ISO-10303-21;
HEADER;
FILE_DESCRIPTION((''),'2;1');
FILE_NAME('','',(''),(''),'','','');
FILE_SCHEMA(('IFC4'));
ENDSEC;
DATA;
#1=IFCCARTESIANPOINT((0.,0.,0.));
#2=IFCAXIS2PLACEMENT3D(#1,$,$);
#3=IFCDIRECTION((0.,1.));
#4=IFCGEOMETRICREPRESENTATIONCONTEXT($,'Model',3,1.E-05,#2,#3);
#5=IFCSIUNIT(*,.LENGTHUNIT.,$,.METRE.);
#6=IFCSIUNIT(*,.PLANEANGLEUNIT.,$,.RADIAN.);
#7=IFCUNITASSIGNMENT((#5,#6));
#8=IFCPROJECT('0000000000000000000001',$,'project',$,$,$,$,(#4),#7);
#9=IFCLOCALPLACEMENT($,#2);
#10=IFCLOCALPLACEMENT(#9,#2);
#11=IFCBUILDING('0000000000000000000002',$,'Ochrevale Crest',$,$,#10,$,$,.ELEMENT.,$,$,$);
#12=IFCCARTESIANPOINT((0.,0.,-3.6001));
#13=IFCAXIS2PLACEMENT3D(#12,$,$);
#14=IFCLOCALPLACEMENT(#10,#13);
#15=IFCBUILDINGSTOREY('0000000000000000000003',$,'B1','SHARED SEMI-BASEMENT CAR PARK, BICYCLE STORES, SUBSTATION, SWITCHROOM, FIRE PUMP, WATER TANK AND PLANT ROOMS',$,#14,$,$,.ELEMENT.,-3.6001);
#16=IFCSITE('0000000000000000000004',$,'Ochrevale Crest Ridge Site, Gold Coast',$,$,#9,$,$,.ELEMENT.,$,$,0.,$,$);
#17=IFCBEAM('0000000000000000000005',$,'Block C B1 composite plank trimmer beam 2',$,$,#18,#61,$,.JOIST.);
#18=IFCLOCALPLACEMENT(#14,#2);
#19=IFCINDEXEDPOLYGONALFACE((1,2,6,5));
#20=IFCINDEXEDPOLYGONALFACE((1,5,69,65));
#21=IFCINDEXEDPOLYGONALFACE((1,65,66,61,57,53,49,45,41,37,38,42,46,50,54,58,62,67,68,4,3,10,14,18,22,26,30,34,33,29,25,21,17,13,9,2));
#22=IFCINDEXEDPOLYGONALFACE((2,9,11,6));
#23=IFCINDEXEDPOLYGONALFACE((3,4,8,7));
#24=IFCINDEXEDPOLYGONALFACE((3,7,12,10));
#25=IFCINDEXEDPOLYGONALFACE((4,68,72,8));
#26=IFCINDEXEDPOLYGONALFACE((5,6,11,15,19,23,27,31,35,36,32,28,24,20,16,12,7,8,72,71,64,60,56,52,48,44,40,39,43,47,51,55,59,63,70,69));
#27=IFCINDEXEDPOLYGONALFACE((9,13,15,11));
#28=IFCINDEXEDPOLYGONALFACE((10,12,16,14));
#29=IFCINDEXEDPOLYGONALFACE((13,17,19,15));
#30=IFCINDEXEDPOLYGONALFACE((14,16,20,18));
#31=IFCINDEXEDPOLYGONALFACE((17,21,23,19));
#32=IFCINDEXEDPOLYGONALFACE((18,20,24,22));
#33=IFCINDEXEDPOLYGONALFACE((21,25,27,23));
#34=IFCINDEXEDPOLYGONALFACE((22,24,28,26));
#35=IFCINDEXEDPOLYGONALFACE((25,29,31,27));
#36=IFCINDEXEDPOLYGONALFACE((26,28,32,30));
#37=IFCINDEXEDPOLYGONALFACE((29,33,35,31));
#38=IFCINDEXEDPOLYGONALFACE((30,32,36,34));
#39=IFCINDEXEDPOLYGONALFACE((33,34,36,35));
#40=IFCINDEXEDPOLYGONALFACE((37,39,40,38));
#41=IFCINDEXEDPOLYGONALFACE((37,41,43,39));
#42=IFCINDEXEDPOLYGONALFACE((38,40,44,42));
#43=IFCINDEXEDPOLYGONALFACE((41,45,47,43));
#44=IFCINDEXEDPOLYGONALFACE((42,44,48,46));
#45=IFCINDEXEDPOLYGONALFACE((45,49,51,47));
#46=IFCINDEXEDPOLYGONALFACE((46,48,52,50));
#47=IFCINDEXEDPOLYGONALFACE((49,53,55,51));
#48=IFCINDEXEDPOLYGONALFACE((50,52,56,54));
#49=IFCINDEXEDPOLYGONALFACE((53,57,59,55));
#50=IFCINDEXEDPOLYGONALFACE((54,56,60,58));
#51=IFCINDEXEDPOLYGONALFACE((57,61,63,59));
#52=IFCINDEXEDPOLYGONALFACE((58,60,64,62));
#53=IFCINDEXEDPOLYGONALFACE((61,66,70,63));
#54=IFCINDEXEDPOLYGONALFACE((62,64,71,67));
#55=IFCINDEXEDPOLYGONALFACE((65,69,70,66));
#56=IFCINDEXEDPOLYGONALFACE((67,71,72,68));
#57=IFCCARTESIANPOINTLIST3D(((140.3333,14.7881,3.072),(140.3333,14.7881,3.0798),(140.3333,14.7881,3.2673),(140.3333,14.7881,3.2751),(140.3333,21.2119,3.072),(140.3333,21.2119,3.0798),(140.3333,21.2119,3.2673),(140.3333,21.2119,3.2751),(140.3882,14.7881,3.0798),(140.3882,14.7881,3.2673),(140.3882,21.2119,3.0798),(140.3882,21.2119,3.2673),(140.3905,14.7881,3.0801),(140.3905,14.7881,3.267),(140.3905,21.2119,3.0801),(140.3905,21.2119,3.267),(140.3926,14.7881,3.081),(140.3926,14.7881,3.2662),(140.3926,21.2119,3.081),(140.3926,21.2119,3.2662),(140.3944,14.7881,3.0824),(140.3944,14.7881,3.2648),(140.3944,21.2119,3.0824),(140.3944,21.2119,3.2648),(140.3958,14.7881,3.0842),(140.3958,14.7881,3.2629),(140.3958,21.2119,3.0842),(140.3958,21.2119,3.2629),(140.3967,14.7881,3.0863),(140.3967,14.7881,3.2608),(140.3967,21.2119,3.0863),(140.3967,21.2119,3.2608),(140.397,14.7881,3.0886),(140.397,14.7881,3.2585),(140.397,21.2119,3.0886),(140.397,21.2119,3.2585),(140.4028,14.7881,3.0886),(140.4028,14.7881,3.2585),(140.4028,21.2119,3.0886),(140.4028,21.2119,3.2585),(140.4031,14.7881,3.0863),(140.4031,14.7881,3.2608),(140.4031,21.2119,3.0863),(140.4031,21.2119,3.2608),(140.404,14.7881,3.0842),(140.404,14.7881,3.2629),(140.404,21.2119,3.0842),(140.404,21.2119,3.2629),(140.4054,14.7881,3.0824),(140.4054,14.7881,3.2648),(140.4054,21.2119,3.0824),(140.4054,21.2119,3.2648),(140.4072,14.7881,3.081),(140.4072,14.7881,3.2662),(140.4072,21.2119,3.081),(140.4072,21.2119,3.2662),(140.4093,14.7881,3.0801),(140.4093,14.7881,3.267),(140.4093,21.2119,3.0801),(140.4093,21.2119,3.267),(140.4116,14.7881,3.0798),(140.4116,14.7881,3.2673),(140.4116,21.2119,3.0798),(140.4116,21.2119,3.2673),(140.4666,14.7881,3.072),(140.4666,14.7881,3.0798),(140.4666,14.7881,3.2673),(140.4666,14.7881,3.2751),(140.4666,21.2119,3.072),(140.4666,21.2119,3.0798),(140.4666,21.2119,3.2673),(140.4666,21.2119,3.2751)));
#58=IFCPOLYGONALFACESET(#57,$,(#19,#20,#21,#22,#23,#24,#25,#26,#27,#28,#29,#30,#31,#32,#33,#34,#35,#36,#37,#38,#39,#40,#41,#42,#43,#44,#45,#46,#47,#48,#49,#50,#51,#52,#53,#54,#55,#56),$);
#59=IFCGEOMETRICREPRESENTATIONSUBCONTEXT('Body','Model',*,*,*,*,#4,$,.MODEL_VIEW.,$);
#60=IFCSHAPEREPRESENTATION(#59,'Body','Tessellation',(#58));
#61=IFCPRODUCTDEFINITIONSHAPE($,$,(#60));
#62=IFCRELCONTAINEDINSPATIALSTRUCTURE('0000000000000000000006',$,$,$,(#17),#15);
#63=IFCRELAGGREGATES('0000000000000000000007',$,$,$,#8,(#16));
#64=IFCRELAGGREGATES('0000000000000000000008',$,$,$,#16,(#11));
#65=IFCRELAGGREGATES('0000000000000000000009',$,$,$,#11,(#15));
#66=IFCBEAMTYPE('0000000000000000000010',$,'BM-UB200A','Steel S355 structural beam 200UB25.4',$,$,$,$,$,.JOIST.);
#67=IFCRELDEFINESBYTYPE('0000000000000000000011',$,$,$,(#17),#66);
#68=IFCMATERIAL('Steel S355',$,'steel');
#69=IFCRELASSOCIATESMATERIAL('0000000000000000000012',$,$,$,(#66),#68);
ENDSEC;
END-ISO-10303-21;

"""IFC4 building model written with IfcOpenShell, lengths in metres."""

from ifc_helpers import new_model, si_unit, direction, frame, origin, origin_2d, place, context, subcontext, project, spatial, i_section, extrude, material, material_profile, profile_set, type_object, element, save


model = new_model("IFC4")

# Units and contexts
model_context = context("Model", 3, precision=1e-05, world=origin(), true_north=direction((0.0, 1.0)))
body_context = subcontext(model_context, "Body", "Model", "MODEL_VIEW")
ifc_project = project(units=[si_unit("LENGTHUNIT", "METRE"), si_unit("PLANEANGLEUNIT", "RADIAN")], contexts=[model_context])

# Site, building, storey
site_placement = place(None, origin())
site = spatial("IfcSite", under=ifc_project, at=site_placement, Name="Ochrevale Crest Ridge Site, Gold Coast", CompositionType="ELEMENT", RefElevation=0.0)
building_placement = place(site_placement, origin())
building = spatial("IfcBuilding", under=site, at=building_placement, Name="Ochrevale Crest", CompositionType="ELEMENT")
storey_placement = place(building_placement, frame((0.0, 0.0, -3.6001)))
storey = spatial("IfcBuildingStorey", under=building, at=storey_placement, Name="B1", Description="SHARED SEMI-BASEMENT CAR PARK, BICYCLE STORES, SUBSTATION, SWITCHROOM, FIRE PUMP, WATER TANK AND PLANT ROOMS", CompositionType="ELEMENT", Elevation=-3.6001)

# Beam
ifc_material_1 = material(Name="Steel S355", Category="steel")
ifc_material_profile_1 = material_profile(ifc_material_1, i_section(OverallWidth=0.1333, OverallDepth=0.2031, WebThickness=0.0059, FlangeThickness=0.0078, FilletRadius=0.0088, at=origin_2d()), Name="200UB25.4")
ifc_profile_set_1 = profile_set([ifc_material_profile_1], Name="Steel S355")
beam_type_1 = type_object("IfcBeamType", Name="BM-UB200A", Description="Steel S355 structural beam 200UB25.4", PredefinedType="JOIST", material=ifc_profile_set_1)
beam_1_placement = place(storey_placement, frame((140.3999, 14.7881, 3.1736), z_axis=(0.0, 1.0, 0.0), x_axis=(-1.0, 0.0, 0.0)))
element("IfcBeam", 1, at=beam_1_placement, inside=storey, type_object=beam_type_1, Name="Block C B1 composite plank trimmer beam 2", PredefinedType="JOIST", context=body_context, shape_type="SweptSolid", body=[
    extrude(i_section(OverallWidth=0.1333, OverallDepth=0.2031, WebThickness=0.0059, FlangeThickness=0.0078, FilletRadius=0.0088, at=origin_2d()), origin(), (0.0, 0.0, 1.0), 6.4238),
])

save(model, "model.ifc")
